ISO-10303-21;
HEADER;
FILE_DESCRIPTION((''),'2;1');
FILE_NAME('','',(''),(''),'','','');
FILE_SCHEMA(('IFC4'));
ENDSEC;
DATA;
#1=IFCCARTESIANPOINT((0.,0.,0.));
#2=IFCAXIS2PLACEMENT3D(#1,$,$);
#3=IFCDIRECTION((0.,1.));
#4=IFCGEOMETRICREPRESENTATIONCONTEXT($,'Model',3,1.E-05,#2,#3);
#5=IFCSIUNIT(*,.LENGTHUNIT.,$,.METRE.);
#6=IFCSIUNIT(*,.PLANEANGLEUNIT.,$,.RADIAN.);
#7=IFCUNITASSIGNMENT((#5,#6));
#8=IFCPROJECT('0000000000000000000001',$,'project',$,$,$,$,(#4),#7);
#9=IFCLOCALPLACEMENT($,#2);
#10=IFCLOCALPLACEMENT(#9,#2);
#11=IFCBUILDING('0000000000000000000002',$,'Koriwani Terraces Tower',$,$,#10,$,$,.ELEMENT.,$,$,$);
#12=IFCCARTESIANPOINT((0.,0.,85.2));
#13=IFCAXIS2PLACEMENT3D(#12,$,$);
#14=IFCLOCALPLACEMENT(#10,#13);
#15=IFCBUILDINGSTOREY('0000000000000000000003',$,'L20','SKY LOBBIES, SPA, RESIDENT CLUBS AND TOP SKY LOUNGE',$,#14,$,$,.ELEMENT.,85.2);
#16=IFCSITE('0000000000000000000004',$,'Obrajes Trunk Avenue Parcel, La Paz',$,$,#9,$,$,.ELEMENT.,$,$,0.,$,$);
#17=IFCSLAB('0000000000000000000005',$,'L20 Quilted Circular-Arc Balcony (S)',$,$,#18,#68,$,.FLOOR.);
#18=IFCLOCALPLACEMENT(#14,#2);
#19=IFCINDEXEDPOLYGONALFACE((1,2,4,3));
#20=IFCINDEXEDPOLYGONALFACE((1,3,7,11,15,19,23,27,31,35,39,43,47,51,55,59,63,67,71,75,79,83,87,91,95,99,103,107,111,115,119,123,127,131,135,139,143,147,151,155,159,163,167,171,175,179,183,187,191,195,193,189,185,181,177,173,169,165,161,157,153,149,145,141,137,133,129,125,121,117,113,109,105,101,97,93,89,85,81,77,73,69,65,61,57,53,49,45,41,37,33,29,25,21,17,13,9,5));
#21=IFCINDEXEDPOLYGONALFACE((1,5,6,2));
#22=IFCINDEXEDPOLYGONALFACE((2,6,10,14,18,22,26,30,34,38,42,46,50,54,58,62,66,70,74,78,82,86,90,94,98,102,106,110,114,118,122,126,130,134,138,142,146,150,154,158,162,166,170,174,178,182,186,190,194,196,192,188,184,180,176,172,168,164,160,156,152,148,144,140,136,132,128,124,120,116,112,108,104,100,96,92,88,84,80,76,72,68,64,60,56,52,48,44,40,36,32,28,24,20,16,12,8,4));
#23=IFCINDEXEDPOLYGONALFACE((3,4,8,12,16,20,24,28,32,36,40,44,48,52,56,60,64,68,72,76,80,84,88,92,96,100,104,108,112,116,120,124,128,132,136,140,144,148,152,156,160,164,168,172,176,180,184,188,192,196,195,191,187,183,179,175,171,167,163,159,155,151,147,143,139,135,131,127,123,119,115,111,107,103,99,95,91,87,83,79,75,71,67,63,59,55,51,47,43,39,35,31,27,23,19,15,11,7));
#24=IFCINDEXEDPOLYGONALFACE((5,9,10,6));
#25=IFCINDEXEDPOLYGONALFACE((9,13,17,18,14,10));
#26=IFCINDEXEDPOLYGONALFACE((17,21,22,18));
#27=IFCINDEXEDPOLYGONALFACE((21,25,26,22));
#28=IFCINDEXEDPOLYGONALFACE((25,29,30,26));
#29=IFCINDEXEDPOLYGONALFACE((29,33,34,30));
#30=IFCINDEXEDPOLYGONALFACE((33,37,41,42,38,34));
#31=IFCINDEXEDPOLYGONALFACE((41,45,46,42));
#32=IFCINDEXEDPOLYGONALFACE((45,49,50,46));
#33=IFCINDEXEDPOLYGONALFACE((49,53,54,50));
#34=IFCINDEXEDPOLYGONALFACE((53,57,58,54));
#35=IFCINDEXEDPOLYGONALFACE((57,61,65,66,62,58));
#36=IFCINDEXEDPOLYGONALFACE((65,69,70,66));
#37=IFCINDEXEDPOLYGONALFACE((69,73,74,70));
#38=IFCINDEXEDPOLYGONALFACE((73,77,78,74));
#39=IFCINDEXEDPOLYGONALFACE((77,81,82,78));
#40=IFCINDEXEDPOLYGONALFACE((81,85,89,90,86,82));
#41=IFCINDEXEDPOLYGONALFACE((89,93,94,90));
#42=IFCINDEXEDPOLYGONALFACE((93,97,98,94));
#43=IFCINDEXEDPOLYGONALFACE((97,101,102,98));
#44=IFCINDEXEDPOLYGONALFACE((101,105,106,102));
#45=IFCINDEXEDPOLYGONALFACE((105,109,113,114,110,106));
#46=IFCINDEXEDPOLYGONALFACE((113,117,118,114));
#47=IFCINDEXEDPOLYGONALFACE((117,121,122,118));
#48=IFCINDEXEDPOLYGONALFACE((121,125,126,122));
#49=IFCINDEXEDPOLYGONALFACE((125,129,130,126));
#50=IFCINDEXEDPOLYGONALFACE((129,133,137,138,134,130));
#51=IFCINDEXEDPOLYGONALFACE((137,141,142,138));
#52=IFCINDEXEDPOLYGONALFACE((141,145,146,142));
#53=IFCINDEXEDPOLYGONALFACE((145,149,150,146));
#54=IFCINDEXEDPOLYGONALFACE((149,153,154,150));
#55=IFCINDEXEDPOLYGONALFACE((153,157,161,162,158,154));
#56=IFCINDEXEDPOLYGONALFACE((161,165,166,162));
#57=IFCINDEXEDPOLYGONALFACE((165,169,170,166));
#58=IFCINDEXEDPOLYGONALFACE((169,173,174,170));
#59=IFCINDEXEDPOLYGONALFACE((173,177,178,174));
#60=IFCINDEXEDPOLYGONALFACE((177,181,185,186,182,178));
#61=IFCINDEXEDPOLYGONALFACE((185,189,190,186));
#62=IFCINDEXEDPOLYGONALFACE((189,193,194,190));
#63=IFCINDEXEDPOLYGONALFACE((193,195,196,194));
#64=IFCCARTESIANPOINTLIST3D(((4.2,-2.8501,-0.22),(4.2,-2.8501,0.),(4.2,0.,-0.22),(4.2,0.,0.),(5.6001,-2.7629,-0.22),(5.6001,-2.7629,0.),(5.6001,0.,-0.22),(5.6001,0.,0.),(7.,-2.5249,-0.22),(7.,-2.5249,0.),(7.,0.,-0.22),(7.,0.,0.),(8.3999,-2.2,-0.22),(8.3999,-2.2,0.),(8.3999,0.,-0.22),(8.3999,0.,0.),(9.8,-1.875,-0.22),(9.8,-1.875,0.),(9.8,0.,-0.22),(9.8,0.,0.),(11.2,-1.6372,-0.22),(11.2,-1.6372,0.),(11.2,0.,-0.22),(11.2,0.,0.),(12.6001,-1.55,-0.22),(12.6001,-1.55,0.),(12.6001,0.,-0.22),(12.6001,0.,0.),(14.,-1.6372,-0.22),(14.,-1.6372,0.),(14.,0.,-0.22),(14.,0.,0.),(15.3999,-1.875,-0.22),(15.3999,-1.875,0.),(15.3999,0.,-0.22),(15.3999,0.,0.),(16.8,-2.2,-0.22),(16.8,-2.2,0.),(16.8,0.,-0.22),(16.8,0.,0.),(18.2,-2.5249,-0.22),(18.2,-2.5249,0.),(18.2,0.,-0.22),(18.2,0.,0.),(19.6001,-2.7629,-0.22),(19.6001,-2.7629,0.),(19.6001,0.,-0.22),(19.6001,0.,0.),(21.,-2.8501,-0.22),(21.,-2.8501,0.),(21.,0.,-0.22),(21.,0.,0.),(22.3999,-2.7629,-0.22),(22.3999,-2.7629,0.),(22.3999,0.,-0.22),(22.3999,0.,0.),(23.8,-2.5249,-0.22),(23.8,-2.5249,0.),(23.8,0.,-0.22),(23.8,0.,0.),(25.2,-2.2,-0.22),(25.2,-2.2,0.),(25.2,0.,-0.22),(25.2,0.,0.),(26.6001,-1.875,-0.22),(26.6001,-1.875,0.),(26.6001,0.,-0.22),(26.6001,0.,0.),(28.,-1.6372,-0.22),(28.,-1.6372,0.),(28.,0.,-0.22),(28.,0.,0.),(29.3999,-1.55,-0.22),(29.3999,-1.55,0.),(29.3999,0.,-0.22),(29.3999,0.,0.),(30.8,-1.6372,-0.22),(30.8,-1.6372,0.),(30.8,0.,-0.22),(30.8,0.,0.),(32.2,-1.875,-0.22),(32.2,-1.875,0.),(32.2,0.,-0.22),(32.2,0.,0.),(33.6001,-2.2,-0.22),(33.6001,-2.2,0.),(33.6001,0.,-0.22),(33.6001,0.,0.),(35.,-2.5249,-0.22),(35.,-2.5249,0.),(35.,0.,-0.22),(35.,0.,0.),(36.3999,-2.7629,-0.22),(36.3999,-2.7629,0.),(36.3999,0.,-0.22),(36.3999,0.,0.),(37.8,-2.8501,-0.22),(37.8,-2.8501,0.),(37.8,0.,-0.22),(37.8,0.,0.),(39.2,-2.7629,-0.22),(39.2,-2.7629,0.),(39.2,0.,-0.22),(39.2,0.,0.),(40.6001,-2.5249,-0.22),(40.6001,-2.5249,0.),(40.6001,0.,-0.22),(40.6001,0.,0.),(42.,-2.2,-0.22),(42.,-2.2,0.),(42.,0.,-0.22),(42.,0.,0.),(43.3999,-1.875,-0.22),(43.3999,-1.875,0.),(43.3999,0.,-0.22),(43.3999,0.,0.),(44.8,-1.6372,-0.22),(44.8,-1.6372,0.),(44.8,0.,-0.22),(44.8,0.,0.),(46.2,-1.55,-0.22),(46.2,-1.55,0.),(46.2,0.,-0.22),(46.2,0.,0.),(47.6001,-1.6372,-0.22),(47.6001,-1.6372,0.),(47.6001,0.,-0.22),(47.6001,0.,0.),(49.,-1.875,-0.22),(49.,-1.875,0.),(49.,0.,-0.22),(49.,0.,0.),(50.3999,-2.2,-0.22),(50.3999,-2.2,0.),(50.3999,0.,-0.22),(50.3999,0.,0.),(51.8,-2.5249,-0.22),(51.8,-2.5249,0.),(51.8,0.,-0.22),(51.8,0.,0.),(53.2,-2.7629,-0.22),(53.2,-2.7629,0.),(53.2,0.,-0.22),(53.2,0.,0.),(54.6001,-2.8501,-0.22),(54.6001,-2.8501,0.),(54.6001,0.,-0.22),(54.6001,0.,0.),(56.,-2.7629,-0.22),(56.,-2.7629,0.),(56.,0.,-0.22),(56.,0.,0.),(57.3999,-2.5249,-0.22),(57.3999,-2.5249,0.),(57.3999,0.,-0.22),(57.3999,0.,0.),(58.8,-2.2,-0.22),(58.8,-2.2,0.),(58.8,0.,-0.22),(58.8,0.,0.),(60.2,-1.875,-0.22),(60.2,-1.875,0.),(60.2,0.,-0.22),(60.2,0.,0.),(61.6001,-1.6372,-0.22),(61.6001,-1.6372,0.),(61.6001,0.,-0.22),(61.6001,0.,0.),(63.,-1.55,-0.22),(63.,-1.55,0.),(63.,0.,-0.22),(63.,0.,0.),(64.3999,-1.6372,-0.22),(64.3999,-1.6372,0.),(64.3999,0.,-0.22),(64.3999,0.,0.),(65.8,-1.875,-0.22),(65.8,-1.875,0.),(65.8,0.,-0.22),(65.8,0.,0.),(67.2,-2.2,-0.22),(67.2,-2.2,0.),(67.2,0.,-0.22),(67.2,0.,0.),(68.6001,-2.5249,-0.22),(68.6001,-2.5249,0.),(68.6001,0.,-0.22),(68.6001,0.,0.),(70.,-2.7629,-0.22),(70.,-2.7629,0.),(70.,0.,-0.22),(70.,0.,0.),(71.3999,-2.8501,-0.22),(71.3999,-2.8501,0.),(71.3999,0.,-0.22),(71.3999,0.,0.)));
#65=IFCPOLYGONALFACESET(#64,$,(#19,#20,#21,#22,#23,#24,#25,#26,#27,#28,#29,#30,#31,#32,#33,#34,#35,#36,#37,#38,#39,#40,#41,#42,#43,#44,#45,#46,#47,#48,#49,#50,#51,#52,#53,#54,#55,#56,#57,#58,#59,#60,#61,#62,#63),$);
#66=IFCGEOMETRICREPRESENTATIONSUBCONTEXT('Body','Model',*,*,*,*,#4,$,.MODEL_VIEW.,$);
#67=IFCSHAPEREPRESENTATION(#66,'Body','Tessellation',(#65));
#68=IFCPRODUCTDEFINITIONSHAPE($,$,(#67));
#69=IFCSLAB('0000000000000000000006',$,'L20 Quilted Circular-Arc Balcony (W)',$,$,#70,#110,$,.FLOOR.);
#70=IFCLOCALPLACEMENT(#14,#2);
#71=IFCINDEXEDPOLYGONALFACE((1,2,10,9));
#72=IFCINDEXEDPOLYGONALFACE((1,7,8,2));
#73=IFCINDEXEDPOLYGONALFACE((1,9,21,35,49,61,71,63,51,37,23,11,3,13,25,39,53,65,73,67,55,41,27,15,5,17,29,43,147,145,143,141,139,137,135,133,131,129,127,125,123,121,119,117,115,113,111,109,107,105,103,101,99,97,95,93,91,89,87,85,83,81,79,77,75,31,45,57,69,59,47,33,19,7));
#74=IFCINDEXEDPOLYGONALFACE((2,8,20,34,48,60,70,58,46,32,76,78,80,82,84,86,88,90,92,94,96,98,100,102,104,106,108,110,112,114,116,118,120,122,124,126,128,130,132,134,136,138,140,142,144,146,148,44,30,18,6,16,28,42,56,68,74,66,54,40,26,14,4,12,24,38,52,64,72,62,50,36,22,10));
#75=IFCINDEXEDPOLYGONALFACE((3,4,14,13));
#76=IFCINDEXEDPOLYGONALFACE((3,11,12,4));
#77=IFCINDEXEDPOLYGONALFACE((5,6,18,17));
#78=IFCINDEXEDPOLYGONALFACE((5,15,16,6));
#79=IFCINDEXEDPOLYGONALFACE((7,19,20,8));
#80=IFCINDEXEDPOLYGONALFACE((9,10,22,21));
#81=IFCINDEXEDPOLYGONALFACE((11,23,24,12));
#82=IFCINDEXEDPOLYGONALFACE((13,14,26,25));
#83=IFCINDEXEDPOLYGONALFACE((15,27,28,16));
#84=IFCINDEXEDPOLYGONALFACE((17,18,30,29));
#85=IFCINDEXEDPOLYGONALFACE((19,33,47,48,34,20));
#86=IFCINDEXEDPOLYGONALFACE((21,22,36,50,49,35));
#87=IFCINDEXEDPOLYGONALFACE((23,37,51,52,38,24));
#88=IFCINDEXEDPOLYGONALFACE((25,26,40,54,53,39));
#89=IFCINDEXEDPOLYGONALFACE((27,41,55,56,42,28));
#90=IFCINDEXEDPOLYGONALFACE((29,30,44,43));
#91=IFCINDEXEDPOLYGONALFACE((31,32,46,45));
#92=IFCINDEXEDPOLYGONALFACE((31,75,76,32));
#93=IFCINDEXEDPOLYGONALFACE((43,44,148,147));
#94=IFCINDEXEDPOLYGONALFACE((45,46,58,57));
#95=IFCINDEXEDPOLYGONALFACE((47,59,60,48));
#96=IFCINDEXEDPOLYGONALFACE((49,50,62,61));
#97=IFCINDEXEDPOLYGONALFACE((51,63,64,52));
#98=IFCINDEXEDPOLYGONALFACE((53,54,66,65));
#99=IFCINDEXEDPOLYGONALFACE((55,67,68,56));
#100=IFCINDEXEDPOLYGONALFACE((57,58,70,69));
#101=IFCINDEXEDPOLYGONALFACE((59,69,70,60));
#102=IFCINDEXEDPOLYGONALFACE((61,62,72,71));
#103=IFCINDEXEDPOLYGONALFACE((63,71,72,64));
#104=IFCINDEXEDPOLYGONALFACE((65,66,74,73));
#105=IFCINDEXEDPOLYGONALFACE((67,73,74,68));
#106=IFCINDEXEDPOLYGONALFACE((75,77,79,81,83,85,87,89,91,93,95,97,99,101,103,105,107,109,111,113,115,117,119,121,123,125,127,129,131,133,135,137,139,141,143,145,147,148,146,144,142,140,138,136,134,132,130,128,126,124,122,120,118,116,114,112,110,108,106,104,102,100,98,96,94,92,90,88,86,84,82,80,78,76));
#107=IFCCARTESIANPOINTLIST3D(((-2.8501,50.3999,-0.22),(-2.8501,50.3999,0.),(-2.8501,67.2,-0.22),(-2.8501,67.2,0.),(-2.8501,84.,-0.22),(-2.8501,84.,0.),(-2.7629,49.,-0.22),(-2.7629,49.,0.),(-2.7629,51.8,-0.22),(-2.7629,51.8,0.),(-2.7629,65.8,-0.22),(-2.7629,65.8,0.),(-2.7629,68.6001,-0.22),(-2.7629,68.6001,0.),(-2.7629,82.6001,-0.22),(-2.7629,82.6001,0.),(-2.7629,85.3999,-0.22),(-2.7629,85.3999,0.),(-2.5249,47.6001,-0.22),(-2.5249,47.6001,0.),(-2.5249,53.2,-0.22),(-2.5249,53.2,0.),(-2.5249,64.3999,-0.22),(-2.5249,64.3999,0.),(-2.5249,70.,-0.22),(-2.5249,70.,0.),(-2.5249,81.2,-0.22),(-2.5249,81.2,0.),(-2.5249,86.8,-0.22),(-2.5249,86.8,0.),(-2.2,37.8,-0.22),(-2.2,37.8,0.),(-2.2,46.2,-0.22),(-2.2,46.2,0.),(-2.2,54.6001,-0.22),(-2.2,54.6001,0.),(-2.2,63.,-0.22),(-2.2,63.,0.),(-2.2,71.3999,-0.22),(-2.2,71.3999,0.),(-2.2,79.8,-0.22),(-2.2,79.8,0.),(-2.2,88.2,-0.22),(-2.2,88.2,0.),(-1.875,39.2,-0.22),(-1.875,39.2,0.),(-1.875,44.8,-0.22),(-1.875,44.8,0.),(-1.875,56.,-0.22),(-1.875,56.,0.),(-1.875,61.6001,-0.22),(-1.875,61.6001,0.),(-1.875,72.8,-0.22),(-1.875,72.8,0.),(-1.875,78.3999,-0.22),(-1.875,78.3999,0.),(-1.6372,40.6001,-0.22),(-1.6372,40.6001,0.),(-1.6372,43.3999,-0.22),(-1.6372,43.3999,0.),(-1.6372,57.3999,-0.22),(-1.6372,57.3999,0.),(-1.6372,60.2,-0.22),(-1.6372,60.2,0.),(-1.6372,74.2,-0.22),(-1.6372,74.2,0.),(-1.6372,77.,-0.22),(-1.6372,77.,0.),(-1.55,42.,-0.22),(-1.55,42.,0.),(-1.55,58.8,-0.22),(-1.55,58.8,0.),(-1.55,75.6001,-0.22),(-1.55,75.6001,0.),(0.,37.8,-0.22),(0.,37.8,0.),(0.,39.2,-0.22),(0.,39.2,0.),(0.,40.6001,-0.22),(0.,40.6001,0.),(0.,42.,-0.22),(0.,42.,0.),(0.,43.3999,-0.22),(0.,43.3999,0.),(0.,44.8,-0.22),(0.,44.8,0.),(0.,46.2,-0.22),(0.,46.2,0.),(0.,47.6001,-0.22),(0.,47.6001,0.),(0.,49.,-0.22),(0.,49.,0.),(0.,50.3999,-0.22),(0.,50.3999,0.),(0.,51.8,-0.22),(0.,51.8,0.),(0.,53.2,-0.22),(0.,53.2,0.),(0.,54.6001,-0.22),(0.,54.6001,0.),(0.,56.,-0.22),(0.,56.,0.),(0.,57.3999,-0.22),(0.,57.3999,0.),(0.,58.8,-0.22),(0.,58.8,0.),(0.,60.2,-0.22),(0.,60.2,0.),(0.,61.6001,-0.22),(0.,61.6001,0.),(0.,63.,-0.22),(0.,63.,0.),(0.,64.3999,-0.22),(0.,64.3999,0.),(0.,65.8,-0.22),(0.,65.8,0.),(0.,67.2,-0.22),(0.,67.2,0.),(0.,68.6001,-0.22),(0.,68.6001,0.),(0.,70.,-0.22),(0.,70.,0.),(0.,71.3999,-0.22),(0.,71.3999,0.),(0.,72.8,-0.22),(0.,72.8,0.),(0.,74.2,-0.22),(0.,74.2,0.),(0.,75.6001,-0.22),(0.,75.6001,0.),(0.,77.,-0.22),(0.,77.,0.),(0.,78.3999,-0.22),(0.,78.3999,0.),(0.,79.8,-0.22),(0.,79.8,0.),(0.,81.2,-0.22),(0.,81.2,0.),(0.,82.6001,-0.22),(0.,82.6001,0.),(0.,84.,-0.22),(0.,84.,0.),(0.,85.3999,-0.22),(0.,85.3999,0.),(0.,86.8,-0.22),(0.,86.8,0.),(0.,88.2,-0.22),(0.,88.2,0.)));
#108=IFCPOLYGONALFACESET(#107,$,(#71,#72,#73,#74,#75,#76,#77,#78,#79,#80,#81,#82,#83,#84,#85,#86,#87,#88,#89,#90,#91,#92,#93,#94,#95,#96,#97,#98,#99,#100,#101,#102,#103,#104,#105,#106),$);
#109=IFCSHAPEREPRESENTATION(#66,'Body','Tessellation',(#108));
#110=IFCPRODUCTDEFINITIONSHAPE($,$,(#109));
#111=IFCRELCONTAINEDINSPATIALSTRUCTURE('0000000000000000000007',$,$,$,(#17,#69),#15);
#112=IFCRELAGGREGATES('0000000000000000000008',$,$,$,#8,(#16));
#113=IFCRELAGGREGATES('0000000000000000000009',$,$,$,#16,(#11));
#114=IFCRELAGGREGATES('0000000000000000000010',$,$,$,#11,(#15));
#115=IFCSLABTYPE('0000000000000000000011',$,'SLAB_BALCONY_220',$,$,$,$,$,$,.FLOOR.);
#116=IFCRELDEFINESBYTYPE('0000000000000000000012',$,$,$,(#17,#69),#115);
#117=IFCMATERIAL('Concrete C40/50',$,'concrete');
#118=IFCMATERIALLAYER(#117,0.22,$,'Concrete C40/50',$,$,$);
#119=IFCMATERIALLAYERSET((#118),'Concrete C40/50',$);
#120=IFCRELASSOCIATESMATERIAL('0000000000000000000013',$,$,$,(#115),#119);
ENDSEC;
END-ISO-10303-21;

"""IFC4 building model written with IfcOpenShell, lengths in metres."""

from ifc_helpers import new_model, si_unit, direction, frame, origin, place, context, subcontext, project, spatial, polyline, outline, extrude, material, layer, layer_set, type_object, element, save


model = new_model("IFC4")

# Units and contexts
model_context = context("Model", 3, precision=1e-05, world=origin(), true_north=direction((0.0, 1.0)))
body_context = subcontext(model_context, "Body", "Model", "MODEL_VIEW")
ifc_project = project(units=[si_unit("LENGTHUNIT", "METRE"), si_unit("PLANEANGLEUNIT", "RADIAN")], contexts=[model_context])

# Site, building, storey
site_placement = place(None, origin())
site = spatial("IfcSite", under=ifc_project, at=site_placement, Name="Obrajes Trunk Avenue Parcel, La Paz", CompositionType="ELEMENT", RefElevation=0.0)
building_placement = place(site_placement, origin())
building = spatial("IfcBuilding", under=site, at=building_placement, Name="Koriwani Terraces Tower", CompositionType="ELEMENT")
storey_placement = place(building_placement, frame((0.0, 0.0, 85.2)))
storey = spatial("IfcBuildingStorey", under=building, at=storey_placement, Name="L20", Description="SKY LOBBIES, SPA, RESIDENT CLUBS AND TOP SKY LOUNGE", CompositionType="ELEMENT", Elevation=85.2)

# Shared definitions
ifc_material_1 = material(Name="Concrete C40/50", Category="concrete")

# Slabs
ifc_layer_1 = layer(ifc_material_1, 0.22, Name="Concrete C40/50")
ifc_layer_set_1 = layer_set([ifc_layer_1], Name="Concrete C40/50")
slab_type_1 = type_object("IfcSlabType", Name="SLAB_BALCONY_220", PredefinedType="FLOOR", material=ifc_layer_set_1)
slab_1_placement = place(storey_placement, frame((0.0, 0.0, -0.22)))
element("IfcSlab", 1, at=slab_1_placement, inside=storey, type_object=slab_type_1, Name="L20 Quilted Circular-Arc Balcony (S)", PredefinedType="FLOOR", context=body_context, shape_type="SweptSolid", body=[
    extrude(outline(polyline([(4.2, 0.0), (5.6001, 0.0), (7.0, 0.0), (8.3999, 0.0), (9.8, 0.0), (11.2, 0.0), (12.6001, 0.0), (14.0, 0.0), (15.3999, 0.0), (16.8, 0.0), (18.2, 0.0), (19.6001, 0.0), (21.0, 0.0), (22.3999, 0.0), (23.8, 0.0), (25.2, 0.0), (26.6001, 0.0), (28.0, 0.0), (29.3999, 0.0), (30.8, 0.0), (32.2, 0.0), (33.6001, 0.0), (35.0, 0.0), (36.3999, 0.0), (37.8, 0.0), (39.2, 0.0), (40.6001, 0.0), (42.0, 0.0), (43.3999, 0.0), (44.8, 0.0), (46.2, 0.0), (47.6001, 0.0), (49.0, 0.0), (50.3999, 0.0), (51.8, 0.0), (53.2, 0.0), (54.6001, 0.0), (56.0, 0.0), (57.3999, 0.0), (58.8, 0.0), (60.2, 0.0), (61.6001, 0.0), (63.0, 0.0), (64.3999, 0.0), (65.8, 0.0), (67.2, 0.0), (68.6001, 0.0), (70.0, 0.0), (71.3999, 0.0), (71.3999, -2.8501), (70.0, -2.7629), (68.6001, -2.5249), (67.2, -2.2), (65.8, -1.875), (64.3999, -1.6372), (63.0, -1.55), (61.6001, -1.6372), (60.2, -1.875), (58.8, -2.2), (57.3999, -2.5249), (56.0, -2.7629), (54.6001, -2.8501), (53.2, -2.7629), (51.8, -2.5249), (50.3999, -2.2), (49.0, -1.875), (47.6001, -1.6372), (46.2, -1.55), (44.8, -1.6372), (43.3999, -1.875), (42.0, -2.2), (40.6001, -2.5249), (39.2, -2.7629), (37.8, -2.8501), (36.3999, -2.7629), (35.0, -2.5249), (33.6001, -2.2), (32.2, -1.875), (30.8, -1.6372), (29.3999, -1.55), (28.0, -1.6372), (26.6001, -1.875), (25.2, -2.2), (23.8, -2.5249), (22.3999, -2.7629), (21.0, -2.8501), (19.6001, -2.7629), (18.2, -2.5249), (16.8, -2.2), (15.3999, -1.875), (14.0, -1.6372), (12.6001, -1.55), (11.2, -1.6372), (9.8, -1.875), (8.3999, -2.2), (7.0, -2.5249), (5.6001, -2.7629), (4.2, -2.8501), (4.2, 0.0)])), origin(), (0.0, 0.0, 1.0), 0.22),
])
slab_2_placement = place(storey_placement, frame((0.0, 0.0, -0.22)))
element("IfcSlab", 2, at=slab_2_placement, inside=storey, type_object=slab_type_1, Name="L20 Quilted Circular-Arc Balcony (W)", PredefinedType="FLOOR", context=body_context, shape_type="SweptSolid", body=[
    extrude(outline(polyline([(0.0, 37.8), (0.0, 39.2), (0.0, 40.6001), (0.0, 42.0), (0.0, 43.3999), (0.0, 44.8), (0.0, 46.2), (0.0, 47.6001), (0.0, 49.0), (0.0, 50.3999), (0.0, 51.8), (0.0, 53.2), (0.0, 54.6001), (0.0, 56.0), (0.0, 57.3999), (0.0, 58.8), (0.0, 60.2), (0.0, 61.6001), (0.0, 63.0), (0.0, 64.3999), (0.0, 65.8), (0.0, 67.2), (0.0, 68.6001), (0.0, 70.0), (0.0, 71.3999), (0.0, 72.8), (0.0, 74.2), (0.0, 75.6001), (0.0, 77.0), (0.0, 78.3999), (0.0, 79.8), (0.0, 81.2), (0.0, 82.6001), (0.0, 84.0), (0.0, 85.3999), (0.0, 86.8), (0.0, 88.2), (-2.2, 88.2), (-2.5249, 86.8), (-2.7629, 85.3999), (-2.8501, 84.0), (-2.7629, 82.6001), (-2.5249, 81.2), (-2.2, 79.8), (-1.875, 78.3999), (-1.6372, 77.0), (-1.55, 75.6001), (-1.6372, 74.2), (-1.875, 72.8), (-2.2, 71.3999), (-2.5249, 70.0), (-2.7629, 68.6001), (-2.8501, 67.2), (-2.7629, 65.8), (-2.5249, 64.3999), (-2.2, 63.0), (-1.875, 61.6001), (-1.6372, 60.2), (-1.55, 58.8), (-1.6372, 57.3999), (-1.875, 56.0), (-2.2, 54.6001), (-2.5249, 53.2), (-2.7629, 51.8), (-2.8501, 50.3999), (-2.7629, 49.0), (-2.5249, 47.6001), (-2.2, 46.2), (-1.875, 44.8), (-1.6372, 43.3999), (-1.55, 42.0), (-1.6372, 40.6001), (-1.875, 39.2), (-2.2, 37.8), (0.0, 37.8)])), origin(), (0.0, 0.0, 1.0), 0.22),
])

save(model, "model.ifc")
